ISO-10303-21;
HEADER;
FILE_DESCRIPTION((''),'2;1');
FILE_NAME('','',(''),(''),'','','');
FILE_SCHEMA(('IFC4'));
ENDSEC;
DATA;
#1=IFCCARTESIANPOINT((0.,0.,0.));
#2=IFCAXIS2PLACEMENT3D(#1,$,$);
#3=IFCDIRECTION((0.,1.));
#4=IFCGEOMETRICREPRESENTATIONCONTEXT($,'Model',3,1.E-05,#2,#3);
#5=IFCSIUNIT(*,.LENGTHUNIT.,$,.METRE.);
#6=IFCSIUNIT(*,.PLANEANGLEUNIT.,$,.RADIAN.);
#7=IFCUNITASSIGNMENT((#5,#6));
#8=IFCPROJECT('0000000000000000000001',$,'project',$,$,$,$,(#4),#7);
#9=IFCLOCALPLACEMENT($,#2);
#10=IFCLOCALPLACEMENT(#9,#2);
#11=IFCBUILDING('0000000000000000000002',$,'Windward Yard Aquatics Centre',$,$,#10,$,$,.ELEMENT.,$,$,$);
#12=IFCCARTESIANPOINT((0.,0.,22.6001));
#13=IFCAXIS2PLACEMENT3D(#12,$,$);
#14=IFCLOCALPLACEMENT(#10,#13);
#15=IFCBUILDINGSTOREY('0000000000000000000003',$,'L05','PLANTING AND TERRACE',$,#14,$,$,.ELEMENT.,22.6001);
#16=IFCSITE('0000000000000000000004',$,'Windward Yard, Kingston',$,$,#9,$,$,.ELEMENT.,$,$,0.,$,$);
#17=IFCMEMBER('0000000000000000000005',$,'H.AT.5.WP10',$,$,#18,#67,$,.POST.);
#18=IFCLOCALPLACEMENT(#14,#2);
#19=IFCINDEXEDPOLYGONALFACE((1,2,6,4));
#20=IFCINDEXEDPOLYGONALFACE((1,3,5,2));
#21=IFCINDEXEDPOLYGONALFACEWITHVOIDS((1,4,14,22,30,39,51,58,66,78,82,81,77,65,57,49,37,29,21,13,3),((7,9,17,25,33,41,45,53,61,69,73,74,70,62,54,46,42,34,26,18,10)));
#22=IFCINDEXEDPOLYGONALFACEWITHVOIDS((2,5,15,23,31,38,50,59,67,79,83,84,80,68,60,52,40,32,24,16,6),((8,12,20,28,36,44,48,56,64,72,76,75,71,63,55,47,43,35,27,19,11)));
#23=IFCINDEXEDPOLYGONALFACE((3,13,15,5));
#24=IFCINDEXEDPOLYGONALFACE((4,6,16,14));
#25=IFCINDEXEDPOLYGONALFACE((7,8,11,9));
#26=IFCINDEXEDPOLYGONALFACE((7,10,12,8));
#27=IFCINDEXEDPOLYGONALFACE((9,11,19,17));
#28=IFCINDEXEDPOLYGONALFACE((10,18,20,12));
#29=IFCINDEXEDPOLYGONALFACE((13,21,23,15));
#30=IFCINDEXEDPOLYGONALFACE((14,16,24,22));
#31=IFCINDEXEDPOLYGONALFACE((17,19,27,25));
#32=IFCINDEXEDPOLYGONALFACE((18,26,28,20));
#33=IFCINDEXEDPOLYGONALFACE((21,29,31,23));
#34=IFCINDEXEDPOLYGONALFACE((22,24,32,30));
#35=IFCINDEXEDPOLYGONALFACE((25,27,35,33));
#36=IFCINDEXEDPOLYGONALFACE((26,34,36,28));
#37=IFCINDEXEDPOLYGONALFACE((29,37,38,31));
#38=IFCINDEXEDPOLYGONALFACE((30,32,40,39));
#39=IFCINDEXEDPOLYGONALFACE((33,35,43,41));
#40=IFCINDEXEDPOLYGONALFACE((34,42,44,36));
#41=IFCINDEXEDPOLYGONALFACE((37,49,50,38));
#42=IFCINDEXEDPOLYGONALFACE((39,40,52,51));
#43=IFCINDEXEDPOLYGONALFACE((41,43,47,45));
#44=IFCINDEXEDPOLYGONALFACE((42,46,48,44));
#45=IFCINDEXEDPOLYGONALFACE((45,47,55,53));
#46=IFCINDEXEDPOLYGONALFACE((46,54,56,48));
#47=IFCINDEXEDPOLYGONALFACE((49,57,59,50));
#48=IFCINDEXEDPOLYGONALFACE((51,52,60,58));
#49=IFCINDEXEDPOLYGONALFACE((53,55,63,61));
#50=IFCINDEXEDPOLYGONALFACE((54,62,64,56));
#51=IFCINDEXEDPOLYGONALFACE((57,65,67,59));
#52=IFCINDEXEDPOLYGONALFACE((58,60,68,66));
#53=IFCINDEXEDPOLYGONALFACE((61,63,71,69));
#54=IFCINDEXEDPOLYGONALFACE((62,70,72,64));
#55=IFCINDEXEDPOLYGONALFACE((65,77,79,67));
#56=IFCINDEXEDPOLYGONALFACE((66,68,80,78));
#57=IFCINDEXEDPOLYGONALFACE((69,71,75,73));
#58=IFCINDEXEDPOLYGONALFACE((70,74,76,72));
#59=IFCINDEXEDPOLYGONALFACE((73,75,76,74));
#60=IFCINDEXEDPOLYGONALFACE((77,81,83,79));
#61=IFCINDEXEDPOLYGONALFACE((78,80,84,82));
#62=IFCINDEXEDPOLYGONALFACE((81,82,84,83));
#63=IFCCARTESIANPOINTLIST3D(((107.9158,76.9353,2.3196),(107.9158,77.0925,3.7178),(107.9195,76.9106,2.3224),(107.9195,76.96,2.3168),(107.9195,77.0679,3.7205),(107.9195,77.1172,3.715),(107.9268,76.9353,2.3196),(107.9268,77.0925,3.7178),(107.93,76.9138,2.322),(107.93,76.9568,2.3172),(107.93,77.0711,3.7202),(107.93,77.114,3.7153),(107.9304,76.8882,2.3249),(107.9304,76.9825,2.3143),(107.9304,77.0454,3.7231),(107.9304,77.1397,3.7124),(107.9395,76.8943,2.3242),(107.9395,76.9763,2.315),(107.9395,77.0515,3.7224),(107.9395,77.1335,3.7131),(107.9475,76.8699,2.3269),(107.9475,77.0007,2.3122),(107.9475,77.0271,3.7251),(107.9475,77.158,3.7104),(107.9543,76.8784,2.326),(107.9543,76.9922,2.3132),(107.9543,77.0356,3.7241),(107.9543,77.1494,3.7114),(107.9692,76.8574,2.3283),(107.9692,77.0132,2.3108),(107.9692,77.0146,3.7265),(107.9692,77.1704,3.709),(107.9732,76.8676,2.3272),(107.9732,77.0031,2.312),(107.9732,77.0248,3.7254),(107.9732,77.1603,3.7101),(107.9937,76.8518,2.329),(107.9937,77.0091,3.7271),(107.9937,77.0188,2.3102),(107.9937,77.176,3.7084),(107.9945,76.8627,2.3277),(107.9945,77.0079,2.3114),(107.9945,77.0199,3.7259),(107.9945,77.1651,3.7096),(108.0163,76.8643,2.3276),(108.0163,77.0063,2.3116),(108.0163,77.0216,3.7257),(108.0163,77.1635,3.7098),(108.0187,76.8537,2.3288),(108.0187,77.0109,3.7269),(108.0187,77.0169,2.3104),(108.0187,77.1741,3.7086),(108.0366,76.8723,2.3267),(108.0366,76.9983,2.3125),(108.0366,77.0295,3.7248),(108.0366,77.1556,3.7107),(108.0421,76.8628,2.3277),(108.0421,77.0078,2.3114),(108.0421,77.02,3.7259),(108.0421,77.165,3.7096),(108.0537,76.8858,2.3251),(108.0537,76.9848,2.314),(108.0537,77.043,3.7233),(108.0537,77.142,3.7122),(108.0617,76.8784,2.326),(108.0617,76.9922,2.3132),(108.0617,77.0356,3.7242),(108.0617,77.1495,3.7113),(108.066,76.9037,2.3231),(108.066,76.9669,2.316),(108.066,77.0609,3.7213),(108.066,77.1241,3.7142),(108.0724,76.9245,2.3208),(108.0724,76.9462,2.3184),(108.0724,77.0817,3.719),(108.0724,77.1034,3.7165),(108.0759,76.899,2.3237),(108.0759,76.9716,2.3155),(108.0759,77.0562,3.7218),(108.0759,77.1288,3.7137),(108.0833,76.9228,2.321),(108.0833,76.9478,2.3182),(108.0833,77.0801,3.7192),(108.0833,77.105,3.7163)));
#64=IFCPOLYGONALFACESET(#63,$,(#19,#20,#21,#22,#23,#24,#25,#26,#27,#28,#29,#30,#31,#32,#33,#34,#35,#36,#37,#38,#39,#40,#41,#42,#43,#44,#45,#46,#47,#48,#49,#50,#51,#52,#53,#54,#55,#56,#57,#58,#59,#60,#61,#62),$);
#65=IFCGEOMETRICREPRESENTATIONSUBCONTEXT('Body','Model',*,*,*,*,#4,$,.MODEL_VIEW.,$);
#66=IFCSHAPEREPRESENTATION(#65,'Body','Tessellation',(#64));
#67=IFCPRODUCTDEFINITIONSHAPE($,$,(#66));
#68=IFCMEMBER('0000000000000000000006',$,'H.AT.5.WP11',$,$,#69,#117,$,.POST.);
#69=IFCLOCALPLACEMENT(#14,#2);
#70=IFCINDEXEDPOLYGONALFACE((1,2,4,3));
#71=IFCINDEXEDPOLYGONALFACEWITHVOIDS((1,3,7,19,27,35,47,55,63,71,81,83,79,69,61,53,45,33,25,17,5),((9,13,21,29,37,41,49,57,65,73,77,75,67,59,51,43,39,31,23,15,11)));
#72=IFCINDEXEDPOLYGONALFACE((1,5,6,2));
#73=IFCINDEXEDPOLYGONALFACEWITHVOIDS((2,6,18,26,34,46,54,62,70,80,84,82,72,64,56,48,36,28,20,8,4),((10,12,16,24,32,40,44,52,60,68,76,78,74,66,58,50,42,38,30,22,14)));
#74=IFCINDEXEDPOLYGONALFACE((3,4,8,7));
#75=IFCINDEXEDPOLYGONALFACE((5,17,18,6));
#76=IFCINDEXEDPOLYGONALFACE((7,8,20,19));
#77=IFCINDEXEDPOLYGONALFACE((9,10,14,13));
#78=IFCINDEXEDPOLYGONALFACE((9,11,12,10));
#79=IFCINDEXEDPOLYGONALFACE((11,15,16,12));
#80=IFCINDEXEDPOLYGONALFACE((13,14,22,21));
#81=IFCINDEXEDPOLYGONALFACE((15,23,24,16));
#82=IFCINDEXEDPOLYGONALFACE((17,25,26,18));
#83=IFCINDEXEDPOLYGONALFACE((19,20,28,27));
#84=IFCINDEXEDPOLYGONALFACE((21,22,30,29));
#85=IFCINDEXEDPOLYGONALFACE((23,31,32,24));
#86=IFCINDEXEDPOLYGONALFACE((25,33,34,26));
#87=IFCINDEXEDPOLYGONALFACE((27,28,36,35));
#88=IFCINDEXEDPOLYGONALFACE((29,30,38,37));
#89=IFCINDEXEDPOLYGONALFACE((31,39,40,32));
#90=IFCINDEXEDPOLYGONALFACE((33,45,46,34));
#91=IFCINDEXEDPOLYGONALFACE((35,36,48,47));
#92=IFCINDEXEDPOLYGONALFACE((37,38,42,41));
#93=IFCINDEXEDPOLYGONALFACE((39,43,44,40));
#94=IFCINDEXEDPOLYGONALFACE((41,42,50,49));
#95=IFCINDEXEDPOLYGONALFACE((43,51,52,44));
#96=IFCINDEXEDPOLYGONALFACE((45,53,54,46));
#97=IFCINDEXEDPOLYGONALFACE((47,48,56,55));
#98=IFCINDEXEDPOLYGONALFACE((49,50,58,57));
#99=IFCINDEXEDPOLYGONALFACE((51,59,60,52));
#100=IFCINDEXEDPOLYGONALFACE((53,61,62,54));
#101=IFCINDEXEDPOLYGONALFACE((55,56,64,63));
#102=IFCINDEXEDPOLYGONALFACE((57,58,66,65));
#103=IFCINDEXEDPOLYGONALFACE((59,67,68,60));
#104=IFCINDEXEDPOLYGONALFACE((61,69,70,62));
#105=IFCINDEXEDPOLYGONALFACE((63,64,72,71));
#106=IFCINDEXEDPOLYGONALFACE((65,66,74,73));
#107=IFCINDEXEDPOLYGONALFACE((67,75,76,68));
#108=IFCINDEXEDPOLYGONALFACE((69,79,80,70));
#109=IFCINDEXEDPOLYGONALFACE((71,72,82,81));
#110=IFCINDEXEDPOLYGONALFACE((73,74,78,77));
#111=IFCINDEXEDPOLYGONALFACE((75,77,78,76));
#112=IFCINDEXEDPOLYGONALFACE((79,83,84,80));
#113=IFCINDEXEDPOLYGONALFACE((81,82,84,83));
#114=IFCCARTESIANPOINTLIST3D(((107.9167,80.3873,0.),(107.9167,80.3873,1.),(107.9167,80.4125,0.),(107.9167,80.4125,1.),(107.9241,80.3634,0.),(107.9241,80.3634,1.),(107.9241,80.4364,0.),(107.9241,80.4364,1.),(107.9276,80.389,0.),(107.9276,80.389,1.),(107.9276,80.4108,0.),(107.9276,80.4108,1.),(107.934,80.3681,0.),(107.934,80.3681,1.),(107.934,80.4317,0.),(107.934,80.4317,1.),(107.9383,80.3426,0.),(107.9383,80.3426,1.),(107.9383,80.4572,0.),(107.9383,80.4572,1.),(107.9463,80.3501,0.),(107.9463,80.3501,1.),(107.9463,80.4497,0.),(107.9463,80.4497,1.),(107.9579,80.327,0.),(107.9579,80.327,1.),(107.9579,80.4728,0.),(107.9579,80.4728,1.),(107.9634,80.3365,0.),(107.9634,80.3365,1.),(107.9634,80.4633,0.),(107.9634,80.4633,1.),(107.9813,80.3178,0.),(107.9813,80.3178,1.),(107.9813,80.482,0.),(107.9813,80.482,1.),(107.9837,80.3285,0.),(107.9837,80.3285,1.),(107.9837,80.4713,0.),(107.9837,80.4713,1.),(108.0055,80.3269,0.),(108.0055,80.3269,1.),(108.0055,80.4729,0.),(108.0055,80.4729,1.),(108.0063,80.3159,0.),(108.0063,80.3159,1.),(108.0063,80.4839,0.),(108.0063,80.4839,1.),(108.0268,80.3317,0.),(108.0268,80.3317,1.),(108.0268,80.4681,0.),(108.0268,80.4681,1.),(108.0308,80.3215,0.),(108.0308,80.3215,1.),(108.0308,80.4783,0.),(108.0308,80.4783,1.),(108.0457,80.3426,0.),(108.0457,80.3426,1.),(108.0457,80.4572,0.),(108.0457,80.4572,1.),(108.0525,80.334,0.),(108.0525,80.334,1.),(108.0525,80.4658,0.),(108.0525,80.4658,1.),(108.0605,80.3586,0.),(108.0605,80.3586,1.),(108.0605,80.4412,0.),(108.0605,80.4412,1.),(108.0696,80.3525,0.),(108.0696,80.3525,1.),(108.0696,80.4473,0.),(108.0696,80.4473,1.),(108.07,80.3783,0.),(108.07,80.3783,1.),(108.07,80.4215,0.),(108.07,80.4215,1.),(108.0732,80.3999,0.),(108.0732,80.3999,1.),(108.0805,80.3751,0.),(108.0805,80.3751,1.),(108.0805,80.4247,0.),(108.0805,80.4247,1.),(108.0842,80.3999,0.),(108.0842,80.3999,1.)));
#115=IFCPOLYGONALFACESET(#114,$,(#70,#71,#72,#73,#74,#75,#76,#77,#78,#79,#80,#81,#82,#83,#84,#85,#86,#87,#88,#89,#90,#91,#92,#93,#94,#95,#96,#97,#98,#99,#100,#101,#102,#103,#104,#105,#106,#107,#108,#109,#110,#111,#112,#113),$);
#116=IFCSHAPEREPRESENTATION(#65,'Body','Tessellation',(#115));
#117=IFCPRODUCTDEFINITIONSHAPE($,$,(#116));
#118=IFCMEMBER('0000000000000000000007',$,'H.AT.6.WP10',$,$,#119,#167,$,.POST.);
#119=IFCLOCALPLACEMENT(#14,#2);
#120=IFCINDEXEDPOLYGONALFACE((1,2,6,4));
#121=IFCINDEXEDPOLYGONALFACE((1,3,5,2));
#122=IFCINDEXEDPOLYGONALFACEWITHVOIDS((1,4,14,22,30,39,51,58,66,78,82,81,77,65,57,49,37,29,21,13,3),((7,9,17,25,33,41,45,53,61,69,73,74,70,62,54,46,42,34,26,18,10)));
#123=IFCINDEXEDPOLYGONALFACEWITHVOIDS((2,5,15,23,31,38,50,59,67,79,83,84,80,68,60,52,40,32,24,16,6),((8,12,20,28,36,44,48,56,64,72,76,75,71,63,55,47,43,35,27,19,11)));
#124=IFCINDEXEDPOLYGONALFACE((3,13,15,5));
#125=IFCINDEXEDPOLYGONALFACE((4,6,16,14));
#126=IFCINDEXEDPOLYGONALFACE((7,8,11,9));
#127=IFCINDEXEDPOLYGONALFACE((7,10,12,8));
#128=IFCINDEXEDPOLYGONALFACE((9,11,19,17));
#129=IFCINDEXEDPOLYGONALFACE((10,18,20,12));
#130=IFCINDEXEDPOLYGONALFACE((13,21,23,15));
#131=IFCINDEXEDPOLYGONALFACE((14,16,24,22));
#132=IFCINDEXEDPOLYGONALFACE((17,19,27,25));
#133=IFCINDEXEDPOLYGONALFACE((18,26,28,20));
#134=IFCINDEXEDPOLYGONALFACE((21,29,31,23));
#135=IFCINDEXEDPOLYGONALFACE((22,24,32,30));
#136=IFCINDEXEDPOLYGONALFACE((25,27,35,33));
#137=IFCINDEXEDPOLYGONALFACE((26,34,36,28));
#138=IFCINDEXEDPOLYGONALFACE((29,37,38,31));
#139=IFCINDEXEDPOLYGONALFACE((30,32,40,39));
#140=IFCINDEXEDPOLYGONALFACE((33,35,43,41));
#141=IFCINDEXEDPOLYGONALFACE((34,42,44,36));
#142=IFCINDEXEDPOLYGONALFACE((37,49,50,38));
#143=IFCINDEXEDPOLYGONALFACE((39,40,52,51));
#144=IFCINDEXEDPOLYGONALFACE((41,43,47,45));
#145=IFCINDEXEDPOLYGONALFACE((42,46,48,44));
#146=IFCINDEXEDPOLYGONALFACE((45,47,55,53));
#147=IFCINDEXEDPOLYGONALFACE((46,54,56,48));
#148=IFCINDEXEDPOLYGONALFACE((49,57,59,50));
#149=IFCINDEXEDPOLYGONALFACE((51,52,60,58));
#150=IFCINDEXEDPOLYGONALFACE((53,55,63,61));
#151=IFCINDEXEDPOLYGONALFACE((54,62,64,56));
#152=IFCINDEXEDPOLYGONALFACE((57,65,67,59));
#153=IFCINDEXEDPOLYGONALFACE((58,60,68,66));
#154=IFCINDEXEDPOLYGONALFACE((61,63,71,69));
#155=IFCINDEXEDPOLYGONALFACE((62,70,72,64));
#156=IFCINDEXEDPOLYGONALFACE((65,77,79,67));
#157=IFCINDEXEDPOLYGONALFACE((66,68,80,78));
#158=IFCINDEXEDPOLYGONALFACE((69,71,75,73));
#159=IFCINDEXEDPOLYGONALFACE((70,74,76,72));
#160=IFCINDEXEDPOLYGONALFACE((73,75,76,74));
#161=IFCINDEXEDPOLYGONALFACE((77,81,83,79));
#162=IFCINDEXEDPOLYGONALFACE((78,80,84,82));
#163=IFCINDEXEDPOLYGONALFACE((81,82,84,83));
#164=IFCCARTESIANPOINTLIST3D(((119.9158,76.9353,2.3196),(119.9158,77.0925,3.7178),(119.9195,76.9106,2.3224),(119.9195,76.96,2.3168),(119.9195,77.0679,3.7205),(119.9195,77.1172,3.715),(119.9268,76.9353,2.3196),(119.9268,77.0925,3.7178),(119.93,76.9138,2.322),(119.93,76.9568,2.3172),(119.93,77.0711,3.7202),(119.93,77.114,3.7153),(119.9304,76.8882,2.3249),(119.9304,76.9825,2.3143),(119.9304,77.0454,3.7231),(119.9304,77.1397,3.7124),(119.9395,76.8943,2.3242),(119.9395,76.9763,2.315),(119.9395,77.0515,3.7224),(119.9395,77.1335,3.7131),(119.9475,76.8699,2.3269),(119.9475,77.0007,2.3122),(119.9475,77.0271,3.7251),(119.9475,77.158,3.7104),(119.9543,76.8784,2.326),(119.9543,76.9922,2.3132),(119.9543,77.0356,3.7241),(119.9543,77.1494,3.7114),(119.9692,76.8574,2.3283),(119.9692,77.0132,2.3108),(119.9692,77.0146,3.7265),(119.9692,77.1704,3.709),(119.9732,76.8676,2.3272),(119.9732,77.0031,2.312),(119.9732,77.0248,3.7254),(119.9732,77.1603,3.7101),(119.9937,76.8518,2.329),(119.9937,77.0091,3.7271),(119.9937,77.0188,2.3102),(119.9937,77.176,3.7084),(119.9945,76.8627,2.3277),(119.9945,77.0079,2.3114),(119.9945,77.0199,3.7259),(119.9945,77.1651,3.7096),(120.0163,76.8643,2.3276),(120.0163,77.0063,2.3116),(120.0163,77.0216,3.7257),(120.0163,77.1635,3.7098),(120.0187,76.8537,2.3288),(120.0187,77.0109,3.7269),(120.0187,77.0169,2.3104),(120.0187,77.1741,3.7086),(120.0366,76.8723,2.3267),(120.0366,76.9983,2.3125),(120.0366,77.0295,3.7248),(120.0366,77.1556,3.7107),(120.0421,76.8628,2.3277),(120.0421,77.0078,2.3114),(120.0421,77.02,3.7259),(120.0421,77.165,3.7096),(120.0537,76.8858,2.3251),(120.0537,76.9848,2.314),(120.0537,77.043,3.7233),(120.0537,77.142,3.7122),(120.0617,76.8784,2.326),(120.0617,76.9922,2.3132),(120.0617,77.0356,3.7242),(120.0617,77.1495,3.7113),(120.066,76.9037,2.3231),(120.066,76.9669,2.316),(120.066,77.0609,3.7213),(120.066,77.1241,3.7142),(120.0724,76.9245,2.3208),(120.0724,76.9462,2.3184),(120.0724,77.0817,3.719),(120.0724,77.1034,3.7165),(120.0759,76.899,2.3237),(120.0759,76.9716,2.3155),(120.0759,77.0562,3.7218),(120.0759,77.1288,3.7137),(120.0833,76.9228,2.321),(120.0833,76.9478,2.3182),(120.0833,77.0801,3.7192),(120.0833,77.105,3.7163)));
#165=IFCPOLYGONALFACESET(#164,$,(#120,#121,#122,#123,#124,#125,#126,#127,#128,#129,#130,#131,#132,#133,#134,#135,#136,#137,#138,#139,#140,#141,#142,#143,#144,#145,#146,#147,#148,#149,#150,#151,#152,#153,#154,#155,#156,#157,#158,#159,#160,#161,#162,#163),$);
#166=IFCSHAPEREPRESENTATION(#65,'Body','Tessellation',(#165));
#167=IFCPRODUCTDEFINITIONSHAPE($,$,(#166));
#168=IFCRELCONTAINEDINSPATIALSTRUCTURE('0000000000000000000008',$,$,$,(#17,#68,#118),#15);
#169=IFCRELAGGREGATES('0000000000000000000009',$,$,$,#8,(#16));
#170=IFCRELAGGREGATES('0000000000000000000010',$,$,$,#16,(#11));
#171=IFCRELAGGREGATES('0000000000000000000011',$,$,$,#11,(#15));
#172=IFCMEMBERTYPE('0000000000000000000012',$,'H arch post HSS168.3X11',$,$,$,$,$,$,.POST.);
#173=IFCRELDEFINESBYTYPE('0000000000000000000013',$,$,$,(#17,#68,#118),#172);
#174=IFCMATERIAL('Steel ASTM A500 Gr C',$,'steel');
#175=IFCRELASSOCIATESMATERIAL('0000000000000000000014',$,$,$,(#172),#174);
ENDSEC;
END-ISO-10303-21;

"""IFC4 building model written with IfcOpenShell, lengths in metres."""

from ifc_helpers import new_model, si_unit, direction, frame, origin, origin_2d, place, context, subcontext, project, spatial, hollow_circle, extrude, material, material_profile, profile_set, type_object, element, save


model = new_model("IFC4")

# Units and contexts
model_context = context("Model", 3, precision=1e-05, world=origin(), true_north=direction((0.0, 1.0)))
body_context = subcontext(model_context, "Body", "Model", "MODEL_VIEW")
ifc_project = project(units=[si_unit("LENGTHUNIT", "METRE"), si_unit("PLANEANGLEUNIT", "RADIAN")], contexts=[model_context])

# Site, building, storey
site_placement = place(None, origin())
site = spatial("IfcSite", under=ifc_project, at=site_placement, Name="Windward Yard, Kingston", CompositionType="ELEMENT", RefElevation=0.0)
building_placement = place(site_placement, origin())
building = spatial("IfcBuilding", under=site, at=building_placement, Name="Windward Yard Aquatics Centre", CompositionType="ELEMENT")
storey_placement = place(building_placement, frame((0.0, 0.0, 22.6001)))
storey = spatial("IfcBuildingStorey", under=building, at=storey_placement, Name="L05", Description="PLANTING AND TERRACE", CompositionType="ELEMENT", Elevation=22.6001)

# Members
ifc_material_1 = material(Name="Steel ASTM A500 Gr C", Category="steel")
ifc_material_profile_1 = material_profile(ifc_material_1, hollow_circle(Radius=0.0842, WallThickness=0.011, at=origin_2d()), Name="HSS168.3X11")
ifc_profile_set_1 = profile_set([ifc_material_profile_1], Name="Steel ASTM A500 Gr C")
member_type_1 = type_object("IfcMemberType", Name="H arch post HSS168.3X11", PredefinedType="POST", material=ifc_profile_set_1)
member_1_placement = place(storey_placement, frame((108.0, 76.9353, 2.3196), z_axis=(0.0, 0.111746, 0.993737), x_axis=(-1.0, 0.0, 0.0)))
element("IfcMember", 1, at=member_1_placement, inside=storey, type_object=member_type_1, Name="H.AT.5.WP10", PredefinedType="POST", context=body_context, shape_type="SweptSolid", body=[
    extrude(hollow_circle(Radius=0.0842, WallThickness=0.011, at=origin_2d()), origin(), (0.0, 0.0, 1.0), 1.407),
])
member_2_placement = place(storey_placement, frame((108.0, 80.3999, 0.0), z_axis=(0.0, 0.0, 1.0), x_axis=(1.0, 0.0, 0.0)))
element("IfcMember", 2, at=member_2_placement, inside=storey, type_object=member_type_1, Name="H.AT.5.WP11", PredefinedType="POST", context=body_context, shape_type="SweptSolid", body=[
    extrude(hollow_circle(Radius=0.0842, WallThickness=0.011, at=origin_2d()), origin(), (0.0, 0.0, 1.0), 1.0),
])
member_3_placement = place(storey_placement, frame((120.0, 76.9353, 2.3196), z_axis=(0.0, 0.111746, 0.993737), x_axis=(-1.0, 0.0, 0.0)))
element("IfcMember", 3, at=member_3_placement, inside=storey, type_object=member_type_1, Name="H.AT.6.WP10", PredefinedType="POST", context=body_context, shape_type="SweptSolid", body=[
    extrude(hollow_circle(Radius=0.0842, WallThickness=0.011, at=origin_2d()), origin(), (0.0, 0.0, 1.0), 1.407),
])

save(model, "model.ifc")
